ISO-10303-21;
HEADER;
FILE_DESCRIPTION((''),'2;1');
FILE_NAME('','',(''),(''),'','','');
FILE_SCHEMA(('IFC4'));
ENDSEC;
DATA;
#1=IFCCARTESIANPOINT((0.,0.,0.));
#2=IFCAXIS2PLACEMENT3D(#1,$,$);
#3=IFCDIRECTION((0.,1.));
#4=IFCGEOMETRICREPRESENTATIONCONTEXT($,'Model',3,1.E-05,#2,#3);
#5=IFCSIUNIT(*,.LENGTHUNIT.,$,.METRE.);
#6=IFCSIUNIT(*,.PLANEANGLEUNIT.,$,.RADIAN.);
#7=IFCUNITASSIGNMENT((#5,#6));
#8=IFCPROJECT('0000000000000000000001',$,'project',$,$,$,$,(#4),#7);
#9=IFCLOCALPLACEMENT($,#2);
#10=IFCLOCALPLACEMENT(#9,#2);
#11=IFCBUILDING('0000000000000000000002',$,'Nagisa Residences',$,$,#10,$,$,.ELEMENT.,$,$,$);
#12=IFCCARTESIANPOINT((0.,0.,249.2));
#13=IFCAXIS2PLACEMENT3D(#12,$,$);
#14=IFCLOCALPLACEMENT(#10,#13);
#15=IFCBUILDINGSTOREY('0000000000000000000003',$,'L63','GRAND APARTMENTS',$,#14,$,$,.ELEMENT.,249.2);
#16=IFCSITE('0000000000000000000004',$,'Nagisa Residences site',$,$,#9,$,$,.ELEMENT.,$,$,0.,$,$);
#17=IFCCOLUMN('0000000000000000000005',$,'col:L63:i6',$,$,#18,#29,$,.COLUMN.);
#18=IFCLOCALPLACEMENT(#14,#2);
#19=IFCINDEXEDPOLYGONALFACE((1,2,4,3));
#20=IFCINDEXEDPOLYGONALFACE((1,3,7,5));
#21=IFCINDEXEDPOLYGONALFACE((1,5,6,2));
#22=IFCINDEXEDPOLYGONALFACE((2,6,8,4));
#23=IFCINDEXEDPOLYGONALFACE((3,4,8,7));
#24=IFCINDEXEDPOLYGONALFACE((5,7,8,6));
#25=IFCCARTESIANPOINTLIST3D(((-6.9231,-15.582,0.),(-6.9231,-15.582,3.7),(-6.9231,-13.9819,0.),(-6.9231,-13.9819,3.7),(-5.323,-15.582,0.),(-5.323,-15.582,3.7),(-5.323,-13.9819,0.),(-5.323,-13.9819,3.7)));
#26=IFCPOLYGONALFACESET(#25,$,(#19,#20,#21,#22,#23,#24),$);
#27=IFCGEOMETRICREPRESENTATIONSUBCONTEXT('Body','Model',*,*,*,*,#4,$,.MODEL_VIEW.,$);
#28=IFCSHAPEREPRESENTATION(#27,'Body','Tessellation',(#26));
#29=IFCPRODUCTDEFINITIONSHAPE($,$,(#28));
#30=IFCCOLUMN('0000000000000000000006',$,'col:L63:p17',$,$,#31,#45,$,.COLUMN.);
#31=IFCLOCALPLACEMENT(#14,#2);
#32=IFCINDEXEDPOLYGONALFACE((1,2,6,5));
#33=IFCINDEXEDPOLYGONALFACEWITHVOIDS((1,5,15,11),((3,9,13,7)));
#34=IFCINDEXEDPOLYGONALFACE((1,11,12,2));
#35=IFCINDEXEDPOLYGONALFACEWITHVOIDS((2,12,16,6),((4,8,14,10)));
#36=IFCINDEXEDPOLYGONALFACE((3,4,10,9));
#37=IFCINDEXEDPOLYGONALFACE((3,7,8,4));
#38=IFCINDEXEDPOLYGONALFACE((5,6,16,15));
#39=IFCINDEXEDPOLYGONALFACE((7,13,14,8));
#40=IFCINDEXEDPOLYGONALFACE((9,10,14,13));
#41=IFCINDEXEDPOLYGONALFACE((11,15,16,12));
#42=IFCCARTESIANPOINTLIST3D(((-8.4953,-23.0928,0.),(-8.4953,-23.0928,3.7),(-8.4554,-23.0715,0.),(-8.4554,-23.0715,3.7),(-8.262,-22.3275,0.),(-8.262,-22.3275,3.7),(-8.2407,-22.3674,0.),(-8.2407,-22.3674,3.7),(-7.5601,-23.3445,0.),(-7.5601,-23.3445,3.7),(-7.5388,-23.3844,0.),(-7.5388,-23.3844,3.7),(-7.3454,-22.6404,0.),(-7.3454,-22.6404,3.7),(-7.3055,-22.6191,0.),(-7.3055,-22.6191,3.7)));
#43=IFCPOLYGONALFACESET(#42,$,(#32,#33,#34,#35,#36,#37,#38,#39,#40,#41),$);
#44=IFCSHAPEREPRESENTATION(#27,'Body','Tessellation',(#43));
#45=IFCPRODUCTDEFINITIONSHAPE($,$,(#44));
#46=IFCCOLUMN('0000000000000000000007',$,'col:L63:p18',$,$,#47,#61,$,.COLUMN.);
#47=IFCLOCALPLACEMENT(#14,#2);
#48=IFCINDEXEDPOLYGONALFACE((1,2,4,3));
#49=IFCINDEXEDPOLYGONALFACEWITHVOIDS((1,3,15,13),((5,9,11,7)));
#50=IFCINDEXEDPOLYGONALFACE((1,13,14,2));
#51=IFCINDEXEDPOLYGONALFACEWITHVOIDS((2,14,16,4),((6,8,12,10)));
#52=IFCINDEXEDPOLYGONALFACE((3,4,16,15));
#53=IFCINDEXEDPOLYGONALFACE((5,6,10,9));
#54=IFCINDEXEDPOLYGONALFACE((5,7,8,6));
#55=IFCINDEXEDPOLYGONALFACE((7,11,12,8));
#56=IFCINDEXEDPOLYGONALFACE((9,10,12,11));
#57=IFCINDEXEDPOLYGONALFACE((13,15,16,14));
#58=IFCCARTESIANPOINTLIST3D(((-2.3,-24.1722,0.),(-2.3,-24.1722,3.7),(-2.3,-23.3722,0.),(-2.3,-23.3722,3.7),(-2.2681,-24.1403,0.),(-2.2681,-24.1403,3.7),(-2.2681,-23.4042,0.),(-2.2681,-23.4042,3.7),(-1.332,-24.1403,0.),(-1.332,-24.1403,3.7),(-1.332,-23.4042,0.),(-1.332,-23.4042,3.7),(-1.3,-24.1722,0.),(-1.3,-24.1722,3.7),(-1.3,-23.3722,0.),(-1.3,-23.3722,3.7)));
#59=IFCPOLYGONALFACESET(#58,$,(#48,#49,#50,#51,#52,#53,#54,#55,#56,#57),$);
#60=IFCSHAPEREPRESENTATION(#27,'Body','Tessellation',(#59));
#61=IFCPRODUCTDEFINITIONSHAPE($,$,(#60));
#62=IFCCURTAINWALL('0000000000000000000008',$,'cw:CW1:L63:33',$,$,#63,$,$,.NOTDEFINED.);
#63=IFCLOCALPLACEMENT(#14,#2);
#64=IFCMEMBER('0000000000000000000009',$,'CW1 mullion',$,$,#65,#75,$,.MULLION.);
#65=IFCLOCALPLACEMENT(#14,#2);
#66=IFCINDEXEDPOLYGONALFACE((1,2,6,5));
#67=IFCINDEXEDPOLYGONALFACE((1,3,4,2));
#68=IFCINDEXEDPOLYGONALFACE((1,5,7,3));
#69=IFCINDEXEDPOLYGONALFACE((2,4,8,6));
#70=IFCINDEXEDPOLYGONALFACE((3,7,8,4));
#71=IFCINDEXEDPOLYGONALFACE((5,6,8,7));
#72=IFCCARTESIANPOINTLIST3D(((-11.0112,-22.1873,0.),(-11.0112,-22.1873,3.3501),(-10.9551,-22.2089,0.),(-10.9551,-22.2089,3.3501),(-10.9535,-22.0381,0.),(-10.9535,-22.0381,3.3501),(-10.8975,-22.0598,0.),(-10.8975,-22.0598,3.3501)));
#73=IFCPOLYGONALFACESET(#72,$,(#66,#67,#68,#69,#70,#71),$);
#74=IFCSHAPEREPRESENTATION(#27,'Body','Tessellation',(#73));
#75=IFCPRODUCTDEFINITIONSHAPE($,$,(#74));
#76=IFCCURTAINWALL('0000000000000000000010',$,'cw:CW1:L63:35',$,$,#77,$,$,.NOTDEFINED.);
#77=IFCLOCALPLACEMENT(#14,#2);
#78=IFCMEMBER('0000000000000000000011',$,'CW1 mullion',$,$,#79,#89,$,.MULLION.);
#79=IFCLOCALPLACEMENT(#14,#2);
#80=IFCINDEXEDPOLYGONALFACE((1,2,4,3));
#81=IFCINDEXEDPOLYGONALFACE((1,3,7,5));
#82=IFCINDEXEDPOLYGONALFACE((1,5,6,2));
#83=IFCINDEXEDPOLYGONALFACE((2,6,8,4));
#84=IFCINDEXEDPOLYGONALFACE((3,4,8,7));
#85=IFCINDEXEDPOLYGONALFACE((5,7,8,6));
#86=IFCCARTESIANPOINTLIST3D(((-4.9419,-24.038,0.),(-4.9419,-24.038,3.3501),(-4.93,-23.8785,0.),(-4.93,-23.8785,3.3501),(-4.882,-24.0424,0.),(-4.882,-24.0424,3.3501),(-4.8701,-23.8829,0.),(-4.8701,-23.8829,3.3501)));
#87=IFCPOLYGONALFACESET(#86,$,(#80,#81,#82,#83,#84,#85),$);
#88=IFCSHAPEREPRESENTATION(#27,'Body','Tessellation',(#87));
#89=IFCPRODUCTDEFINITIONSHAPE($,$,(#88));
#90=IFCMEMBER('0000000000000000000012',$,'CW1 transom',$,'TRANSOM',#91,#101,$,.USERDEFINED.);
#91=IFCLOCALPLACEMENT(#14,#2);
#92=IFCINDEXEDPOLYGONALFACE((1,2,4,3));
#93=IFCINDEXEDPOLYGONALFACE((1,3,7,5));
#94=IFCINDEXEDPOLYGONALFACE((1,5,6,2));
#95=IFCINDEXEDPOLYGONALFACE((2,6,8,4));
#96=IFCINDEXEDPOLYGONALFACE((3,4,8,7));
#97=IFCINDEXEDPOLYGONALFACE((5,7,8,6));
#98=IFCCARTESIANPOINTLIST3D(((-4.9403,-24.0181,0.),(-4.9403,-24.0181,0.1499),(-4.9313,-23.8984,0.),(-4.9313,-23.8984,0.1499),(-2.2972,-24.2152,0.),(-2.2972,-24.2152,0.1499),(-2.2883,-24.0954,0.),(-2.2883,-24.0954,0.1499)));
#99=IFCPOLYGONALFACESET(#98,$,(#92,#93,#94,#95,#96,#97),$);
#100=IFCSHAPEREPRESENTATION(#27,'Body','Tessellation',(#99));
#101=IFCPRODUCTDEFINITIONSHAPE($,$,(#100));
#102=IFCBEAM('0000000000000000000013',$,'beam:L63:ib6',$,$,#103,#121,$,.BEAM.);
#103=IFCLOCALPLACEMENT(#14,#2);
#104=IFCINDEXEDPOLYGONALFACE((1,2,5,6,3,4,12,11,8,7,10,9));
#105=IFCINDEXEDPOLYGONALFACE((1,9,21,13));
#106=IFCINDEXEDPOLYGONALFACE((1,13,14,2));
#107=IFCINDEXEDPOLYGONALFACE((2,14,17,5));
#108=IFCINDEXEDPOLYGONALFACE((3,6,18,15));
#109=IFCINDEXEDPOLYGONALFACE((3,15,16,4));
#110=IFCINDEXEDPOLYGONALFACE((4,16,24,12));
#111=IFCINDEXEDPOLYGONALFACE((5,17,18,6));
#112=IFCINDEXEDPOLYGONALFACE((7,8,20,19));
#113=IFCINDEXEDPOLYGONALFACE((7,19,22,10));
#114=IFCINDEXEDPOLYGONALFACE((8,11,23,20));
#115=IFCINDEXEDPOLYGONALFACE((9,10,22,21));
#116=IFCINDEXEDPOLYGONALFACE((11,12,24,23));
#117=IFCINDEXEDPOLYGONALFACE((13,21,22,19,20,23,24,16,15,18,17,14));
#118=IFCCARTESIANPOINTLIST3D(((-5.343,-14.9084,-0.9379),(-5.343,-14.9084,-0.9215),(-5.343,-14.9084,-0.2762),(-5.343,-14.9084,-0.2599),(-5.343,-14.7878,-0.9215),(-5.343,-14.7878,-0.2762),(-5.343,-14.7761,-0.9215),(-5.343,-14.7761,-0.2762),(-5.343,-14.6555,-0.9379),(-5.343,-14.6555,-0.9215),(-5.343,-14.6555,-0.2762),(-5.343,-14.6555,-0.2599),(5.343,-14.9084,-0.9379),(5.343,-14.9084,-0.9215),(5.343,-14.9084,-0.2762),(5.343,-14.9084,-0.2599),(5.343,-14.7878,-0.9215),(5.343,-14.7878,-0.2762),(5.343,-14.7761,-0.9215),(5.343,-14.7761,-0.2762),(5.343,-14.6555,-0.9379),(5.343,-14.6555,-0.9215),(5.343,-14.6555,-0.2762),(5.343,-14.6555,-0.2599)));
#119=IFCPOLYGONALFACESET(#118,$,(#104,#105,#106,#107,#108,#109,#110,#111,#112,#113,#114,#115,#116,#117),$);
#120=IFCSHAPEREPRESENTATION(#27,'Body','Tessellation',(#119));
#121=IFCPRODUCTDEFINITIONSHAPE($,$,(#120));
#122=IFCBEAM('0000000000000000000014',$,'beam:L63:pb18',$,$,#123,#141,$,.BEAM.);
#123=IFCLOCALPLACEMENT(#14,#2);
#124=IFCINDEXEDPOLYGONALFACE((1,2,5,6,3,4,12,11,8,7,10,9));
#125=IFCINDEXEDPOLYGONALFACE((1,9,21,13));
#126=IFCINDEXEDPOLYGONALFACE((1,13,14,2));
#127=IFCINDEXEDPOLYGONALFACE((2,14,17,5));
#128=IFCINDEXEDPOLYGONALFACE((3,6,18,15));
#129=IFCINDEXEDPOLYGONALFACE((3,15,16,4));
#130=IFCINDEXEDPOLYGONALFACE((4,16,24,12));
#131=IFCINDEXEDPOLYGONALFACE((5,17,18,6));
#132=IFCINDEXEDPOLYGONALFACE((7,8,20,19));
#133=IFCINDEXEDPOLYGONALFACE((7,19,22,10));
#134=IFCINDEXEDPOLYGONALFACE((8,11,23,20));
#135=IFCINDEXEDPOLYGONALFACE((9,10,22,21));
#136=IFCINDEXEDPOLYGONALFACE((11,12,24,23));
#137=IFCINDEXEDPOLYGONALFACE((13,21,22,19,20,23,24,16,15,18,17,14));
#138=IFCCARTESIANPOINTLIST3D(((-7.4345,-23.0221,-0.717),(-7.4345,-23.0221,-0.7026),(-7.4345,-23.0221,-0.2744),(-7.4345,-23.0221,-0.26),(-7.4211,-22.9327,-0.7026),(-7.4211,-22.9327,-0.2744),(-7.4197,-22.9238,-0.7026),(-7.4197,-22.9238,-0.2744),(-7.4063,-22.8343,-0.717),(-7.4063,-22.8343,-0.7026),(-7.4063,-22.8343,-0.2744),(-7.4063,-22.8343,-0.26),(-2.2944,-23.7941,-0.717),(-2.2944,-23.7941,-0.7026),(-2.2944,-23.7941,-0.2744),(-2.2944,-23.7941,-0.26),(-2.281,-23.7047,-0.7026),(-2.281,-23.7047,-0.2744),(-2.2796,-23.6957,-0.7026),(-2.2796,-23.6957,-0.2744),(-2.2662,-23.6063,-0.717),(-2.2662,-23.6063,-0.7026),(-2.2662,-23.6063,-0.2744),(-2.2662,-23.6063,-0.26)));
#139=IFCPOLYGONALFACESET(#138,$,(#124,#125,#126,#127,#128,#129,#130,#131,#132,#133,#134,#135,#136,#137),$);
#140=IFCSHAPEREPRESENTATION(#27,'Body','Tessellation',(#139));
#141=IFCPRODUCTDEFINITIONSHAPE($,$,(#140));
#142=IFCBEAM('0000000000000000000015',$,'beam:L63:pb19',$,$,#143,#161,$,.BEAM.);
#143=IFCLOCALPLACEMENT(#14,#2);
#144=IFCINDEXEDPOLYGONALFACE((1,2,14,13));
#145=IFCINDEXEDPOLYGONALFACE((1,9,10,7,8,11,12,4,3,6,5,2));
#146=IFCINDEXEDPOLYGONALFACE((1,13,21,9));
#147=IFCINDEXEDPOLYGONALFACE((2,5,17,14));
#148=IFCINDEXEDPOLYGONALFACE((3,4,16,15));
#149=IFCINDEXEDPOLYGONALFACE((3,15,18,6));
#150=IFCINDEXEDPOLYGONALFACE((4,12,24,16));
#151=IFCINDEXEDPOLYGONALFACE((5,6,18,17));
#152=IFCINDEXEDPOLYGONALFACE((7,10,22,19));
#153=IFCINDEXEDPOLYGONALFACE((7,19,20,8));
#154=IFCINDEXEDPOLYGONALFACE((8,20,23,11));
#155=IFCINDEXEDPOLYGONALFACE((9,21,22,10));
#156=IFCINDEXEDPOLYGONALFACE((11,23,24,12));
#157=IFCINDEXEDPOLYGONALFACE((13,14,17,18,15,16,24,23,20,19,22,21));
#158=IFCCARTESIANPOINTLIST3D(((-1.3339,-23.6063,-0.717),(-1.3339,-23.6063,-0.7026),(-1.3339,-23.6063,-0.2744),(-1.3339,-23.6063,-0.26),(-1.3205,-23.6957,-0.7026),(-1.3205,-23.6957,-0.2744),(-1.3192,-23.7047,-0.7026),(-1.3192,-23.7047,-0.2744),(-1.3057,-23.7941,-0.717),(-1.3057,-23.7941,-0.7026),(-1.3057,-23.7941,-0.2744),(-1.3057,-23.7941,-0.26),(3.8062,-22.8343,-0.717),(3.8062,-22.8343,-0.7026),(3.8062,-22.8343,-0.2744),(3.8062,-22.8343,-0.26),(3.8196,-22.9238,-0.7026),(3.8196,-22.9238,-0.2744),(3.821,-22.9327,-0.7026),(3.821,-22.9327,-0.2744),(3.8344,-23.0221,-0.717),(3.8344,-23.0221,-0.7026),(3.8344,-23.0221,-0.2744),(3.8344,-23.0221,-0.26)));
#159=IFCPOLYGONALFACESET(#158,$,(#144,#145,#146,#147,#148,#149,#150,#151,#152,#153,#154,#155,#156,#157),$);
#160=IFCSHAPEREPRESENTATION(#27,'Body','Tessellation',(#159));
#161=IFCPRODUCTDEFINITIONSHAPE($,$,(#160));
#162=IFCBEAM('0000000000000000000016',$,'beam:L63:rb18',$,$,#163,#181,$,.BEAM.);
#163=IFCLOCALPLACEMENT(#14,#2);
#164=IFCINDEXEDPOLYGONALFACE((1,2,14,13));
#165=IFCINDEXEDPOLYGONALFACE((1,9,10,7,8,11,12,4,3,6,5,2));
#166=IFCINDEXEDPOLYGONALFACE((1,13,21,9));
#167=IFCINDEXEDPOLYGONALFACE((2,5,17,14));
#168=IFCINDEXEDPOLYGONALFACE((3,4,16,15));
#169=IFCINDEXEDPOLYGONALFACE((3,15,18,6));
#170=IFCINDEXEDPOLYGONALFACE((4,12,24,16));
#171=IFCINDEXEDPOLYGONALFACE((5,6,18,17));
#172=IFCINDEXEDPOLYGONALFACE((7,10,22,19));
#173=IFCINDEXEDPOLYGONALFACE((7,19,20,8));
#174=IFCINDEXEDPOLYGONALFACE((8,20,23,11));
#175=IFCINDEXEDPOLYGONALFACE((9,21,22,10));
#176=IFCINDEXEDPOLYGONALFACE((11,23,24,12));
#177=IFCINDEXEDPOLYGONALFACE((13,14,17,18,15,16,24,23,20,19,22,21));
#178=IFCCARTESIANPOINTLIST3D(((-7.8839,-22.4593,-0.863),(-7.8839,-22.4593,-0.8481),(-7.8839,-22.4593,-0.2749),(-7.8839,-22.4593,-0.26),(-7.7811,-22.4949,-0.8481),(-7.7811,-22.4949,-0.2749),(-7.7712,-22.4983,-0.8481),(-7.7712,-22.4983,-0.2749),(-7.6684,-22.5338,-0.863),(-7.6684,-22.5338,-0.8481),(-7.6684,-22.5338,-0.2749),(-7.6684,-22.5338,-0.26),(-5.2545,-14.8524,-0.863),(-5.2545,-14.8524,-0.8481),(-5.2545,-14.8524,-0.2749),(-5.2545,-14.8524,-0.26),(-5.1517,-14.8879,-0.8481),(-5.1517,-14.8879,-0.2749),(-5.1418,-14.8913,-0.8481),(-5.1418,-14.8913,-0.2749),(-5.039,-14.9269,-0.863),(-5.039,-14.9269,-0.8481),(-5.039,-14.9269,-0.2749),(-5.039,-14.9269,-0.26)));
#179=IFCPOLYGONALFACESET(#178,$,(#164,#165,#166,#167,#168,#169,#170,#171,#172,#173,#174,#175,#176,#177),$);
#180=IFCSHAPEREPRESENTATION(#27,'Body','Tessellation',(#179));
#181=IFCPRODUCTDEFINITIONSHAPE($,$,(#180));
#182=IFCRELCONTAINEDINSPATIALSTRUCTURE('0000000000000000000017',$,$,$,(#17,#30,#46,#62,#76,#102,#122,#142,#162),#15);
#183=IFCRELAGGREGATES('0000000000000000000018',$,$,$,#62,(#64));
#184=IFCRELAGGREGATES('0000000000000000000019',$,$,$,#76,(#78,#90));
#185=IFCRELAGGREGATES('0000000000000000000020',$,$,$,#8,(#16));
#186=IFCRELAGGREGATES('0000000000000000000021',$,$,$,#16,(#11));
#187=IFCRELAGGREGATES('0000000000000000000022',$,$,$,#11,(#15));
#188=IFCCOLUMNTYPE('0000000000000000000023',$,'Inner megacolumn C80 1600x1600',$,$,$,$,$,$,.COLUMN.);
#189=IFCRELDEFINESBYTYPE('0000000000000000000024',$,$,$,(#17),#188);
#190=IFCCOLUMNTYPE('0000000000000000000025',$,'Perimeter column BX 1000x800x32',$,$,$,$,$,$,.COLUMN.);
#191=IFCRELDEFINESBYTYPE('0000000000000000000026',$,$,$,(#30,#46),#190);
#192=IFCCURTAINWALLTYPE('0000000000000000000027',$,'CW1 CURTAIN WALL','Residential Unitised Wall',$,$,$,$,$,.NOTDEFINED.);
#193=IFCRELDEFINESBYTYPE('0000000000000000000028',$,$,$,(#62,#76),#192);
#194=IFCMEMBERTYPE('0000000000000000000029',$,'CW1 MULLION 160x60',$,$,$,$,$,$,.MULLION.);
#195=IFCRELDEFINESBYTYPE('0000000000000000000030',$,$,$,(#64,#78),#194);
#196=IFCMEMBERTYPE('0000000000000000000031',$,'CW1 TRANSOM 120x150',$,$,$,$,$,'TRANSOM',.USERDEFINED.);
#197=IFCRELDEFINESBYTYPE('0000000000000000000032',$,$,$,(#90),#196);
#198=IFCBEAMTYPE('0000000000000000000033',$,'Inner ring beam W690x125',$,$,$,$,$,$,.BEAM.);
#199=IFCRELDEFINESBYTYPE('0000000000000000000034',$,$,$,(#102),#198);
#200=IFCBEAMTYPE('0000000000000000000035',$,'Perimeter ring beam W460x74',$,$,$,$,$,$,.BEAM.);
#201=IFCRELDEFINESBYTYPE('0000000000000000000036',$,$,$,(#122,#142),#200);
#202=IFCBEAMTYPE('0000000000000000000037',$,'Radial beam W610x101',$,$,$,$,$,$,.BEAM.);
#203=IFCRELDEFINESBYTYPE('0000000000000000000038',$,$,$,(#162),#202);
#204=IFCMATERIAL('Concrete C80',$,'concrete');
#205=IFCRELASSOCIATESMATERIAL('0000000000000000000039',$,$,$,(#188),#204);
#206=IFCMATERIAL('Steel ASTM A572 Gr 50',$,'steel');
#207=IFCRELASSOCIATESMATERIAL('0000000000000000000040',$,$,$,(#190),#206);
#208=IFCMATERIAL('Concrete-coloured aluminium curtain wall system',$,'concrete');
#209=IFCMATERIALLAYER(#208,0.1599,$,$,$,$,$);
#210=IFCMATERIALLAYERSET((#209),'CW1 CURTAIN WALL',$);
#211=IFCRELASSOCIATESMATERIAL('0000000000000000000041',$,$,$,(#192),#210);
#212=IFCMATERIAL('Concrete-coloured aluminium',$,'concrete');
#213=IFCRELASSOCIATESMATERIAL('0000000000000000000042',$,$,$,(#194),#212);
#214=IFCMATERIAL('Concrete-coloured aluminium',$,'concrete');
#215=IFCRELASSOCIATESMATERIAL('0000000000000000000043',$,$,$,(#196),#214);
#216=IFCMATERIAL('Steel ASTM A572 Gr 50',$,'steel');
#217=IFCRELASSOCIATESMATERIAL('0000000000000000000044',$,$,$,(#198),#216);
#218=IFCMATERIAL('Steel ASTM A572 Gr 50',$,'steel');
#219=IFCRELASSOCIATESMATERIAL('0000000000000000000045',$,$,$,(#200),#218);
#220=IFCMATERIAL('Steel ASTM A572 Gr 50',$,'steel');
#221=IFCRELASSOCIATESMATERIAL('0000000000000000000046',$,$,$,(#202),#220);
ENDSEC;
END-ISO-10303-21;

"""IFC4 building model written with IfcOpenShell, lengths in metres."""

from ifc_helpers import new_model, si_unit, direction, frame, origin, origin_2d, place, context, subcontext, project, spatial, rectangle, hollow_rectangle, i_section, extrude, material, layer, layer_set, material_profile, profile_set, type_object, element, aggregate, save


model = new_model("IFC4")

# Units and contexts
model_context = context("Model", 3, precision=1e-05, world=origin(), true_north=direction((0.0, 1.0)))
body_context = subcontext(model_context, "Body", "Model", "MODEL_VIEW")
ifc_project = project(units=[si_unit("LENGTHUNIT", "METRE"), si_unit("PLANEANGLEUNIT", "RADIAN")], contexts=[model_context])

# Site, building, storey
site_placement = place(None, origin())
site = spatial("IfcSite", under=ifc_project, at=site_placement, Name="Nagisa Residences site", CompositionType="ELEMENT", RefElevation=0.0)
building_placement = place(site_placement, origin())
building = spatial("IfcBuilding", under=site, at=building_placement, Name="Nagisa Residences", CompositionType="ELEMENT")
storey_placement = place(building_placement, frame((0.0, 0.0, 249.2)))
storey = spatial("IfcBuildingStorey", under=building, at=storey_placement, Name="L63", Description="GRAND APARTMENTS", CompositionType="ELEMENT", Elevation=249.2)

# Columns
ifc_material_1 = material(Name="Concrete C80", Category="concrete")
ifc_material_profile_1 = material_profile(ifc_material_1, rectangle(XDim=1.6001, YDim=1.6001, at=origin_2d()), Name="C80 1600x1600")
ifc_profile_set_1 = profile_set([ifc_material_profile_1], Name="Concrete C80")
column_type_1 = type_object("IfcColumnType", Name="Inner megacolumn C80 1600x1600", PredefinedType="COLUMN", material=ifc_profile_set_1)
column_placement = place(storey_placement, frame((-6.123, -14.782, 0.0), z_axis=(0.0, 0.0, 1.0), x_axis=(1.0, 0.0, 0.0)))
element("IfcColumn", 1, at=column_placement, inside=storey, type_object=column_type_1, Name="col:L63:i6", PredefinedType="COLUMN", context=body_context, shape_type="SweptSolid", body=[
    extrude(rectangle(XDim=1.6001, YDim=1.6001, at=origin_2d()), origin(), (0.0, 0.0, 1.0), 3.7),
])
ifc_material_2 = material(Name="Steel ASTM A572 Gr 50", Category="steel")
ifc_material_profile_2 = material_profile(ifc_material_2, hollow_rectangle(XDim=1.0, YDim=0.8, WallThickness=0.032, at=origin_2d()), Name="BX 1000x800x32")
ifc_profile_set_2 = profile_set([ifc_material_profile_2], Name="Steel ASTM A572 Gr 50")
column_type_2 = type_object("IfcColumnType", Name="Perimeter column BX 1000x800x32", PredefinedType="COLUMN", material=ifc_profile_set_2)
for number, where, z_axis, x_axis, name in (
    (2, (-7.9004, -22.856, 0.0), (0.0, 0.0, 1.0), (0.956525, -0.291652, 0.0), "col:L63:p17"),
    (3, (-1.8, -23.7722, 0.0), (0.0, 0.0, 1.0), (1.0, 0.0, 0.0), "col:L63:p18"),
):
    element("IfcColumn", number, at=place(storey_placement, frame(where, z_axis=z_axis, x_axis=x_axis)), inside=storey, type_object=column_type_2, Name=name, PredefinedType="COLUMN", context=body_context, shape_type="SweptSolid", body=[
        extrude(hollow_rectangle(XDim=1.0, YDim=0.8, WallThickness=0.032, at=origin_2d()), origin(), (0.0, 0.0, 1.0), 3.7),
    ])

# Curtain wall, member
ifc_material_3 = material(Name="Concrete-coloured aluminium curtain wall system", Category="concrete")
ifc_layer_1 = layer(ifc_material_3, 0.1599)
ifc_layer_set_1 = layer_set([ifc_layer_1], Name="CW1 CURTAIN WALL")
curtain_wall_type = type_object("IfcCurtainWallType", Name="CW1 CURTAIN WALL", Description="Residential Unitised Wall", PredefinedType="NOTDEFINED", material=ifc_layer_set_1)
curtain_wall_1_placement = place(storey_placement, origin())
curtain_wall_1 = element("IfcCurtainWall", 4, at=curtain_wall_1_placement, inside=storey, type_object=curtain_wall_type, Name="cw:CW1:L63:33", PredefinedType="NOTDEFINED")
ifc_material_4 = material(Name="Concrete-coloured aluminium", Category="concrete")
ifc_material_profile_3 = material_profile(ifc_material_4, rectangle(XDim=0.1599, YDim=0.0601, at=origin_2d()), Name="CW1 MULLION 160x60")
ifc_profile_set_3 = profile_set([ifc_material_profile_3], Name="Concrete-coloured aluminium")
member_type_1 = type_object("IfcMemberType", Name="CW1 MULLION 160x60", PredefinedType="MULLION", material=ifc_profile_set_3)
member_1_placement = place(storey_placement, frame((-10.9543, -22.1235, 0.0), z_axis=(0.0, 0.0, 1.0), x_axis=(0.360328, 0.932826, 0.0)))
member_1 = element("IfcMember", 5, at=member_1_placement, type_object=member_type_1, Name="CW1 mullion", PredefinedType="MULLION", context=body_context, shape_type="SweptSolid", body=[
    extrude(rectangle(XDim=0.1599, YDim=0.0601, at=origin_2d()), origin(), (0.0, 0.0, 1.0), 3.3501),
])

# Curtain wall, members
curtain_wall_2_placement = place(storey_placement, origin())
curtain_wall_2 = element("IfcCurtainWall", 6, at=curtain_wall_2_placement, inside=storey, type_object=curtain_wall_type, Name="cw:CW1:L63:35", PredefinedType="NOTDEFINED")
member_2_placement = place(storey_placement, frame((-4.906, -23.9604, 0.0), z_axis=(0.0, 0.0, 1.0), x_axis=(0.074377, 0.99723, 0.0)))
member_2 = element("IfcMember", 7, at=member_2_placement, type_object=member_type_1, Name="CW1 mullion", PredefinedType="MULLION", context=body_context, shape_type="SweptSolid", body=[
    extrude(rectangle(XDim=0.1599, YDim=0.0601, at=origin_2d()), origin(), (0.0, 0.0, 1.0), 3.3501),
])
ifc_material_5 = material(Name="Concrete-coloured aluminium", Category="concrete")
ifc_material_profile_4 = material_profile(ifc_material_5, rectangle(XDim=0.1201, YDim=0.1499, at=origin_2d()), Name="CW1 TRANSOM 120x150")
ifc_profile_set_4 = profile_set([ifc_material_profile_4], Name="Concrete-coloured aluminium")
member_type_2 = type_object("IfcMemberType", Name="CW1 TRANSOM 120x150", ElementType="TRANSOM", PredefinedType="USERDEFINED", material=ifc_profile_set_4)
member_3_placement = place(storey_placement, frame((-4.9358, -23.9583, 0.075), z_axis=(0.997233, -0.074337, 0.0), x_axis=(0.074337, 0.997233, 0.0)))
member_3 = element("IfcMember", 8, at=member_3_placement, type_object=member_type_2, Name="CW1 transom", ObjectType="TRANSOM", PredefinedType="USERDEFINED", context=body_context, shape_type="SweptSolid", body=[
    extrude(rectangle(XDim=0.1201, YDim=0.1499, at=origin_2d()), origin(), (0.0, 0.0, 1.0), 2.6504),
])

# Beams
ifc_material_6 = material(Name="Steel ASTM A572 Gr 50", Category="steel")
ifc_material_profile_5 = material_profile(ifc_material_6, i_section(OverallWidth=0.2529, OverallDepth=0.678, WebThickness=0.0117, FlangeThickness=0.0164, at=origin_2d()), Name="W690x125")
ifc_profile_set_5 = profile_set([ifc_material_profile_5], Name="Steel ASTM A572 Gr 50")
beam_type_1 = type_object("IfcBeamType", Name="Inner ring beam W690x125", PredefinedType="BEAM", material=ifc_profile_set_5)
beam_1_placement = place(storey_placement, frame((-5.343, -14.782, -0.5989), z_axis=(1.0, 0.0, 0.0), x_axis=(0.0, 1.0, 0.0)))
element("IfcBeam", 9, at=beam_1_placement, inside=storey, type_object=beam_type_1, Name="beam:L63:ib6", PredefinedType="BEAM", context=body_context, shape_type="SweptSolid", body=[
    extrude(i_section(OverallWidth=0.2529, OverallDepth=0.678, WebThickness=0.0117, FlangeThickness=0.0164, at=origin_2d()), origin(), (0.0, 0.0, 1.0), 10.686),
])
ifc_material_7 = material(Name="Steel ASTM A572 Gr 50", Category="steel")
ifc_material_profile_6 = material_profile(ifc_material_7, i_section(OverallWidth=0.1899, OverallDepth=0.457, WebThickness=0.009, FlangeThickness=0.0144, at=origin_2d()), Name="W460x74")
ifc_profile_set_6 = profile_set([ifc_material_profile_6], Name="Steel ASTM A572 Gr 50")
beam_type_2 = type_object("IfcBeamType", Name="Perimeter ring beam W460x74", PredefinedType="BEAM", material=ifc_profile_set_6)
for number, where, z_axis, x_axis, name in (
    (10, (-7.4204, -22.9282, -0.4885), (0.988909, -0.14852, 0.0), (0.14852, 0.988909, 0.0), "beam:L63:pb18"),
    (11, (-1.3198, -23.7002, -0.4885), (0.988909, 0.14852, 0.0), (-0.14852, 0.988909, 0.0), "beam:L63:pb19"),
):
    element("IfcBeam", number, at=place(storey_placement, frame(where, z_axis=z_axis, x_axis=x_axis)), inside=storey, type_object=beam_type_2, Name=name, PredefinedType="BEAM", context=body_context, shape_type="SweptSolid", body=[
        extrude(i_section(OverallWidth=0.1899, OverallDepth=0.457, WebThickness=0.009, FlangeThickness=0.0144, at=origin_2d()), origin(), (0.0, 0.0, 1.0), 5.1978),
    ])
ifc_material_8 = material(Name="Steel ASTM A572 Gr 50", Category="steel")
ifc_material_profile_7 = material_profile(ifc_material_8, i_section(OverallWidth=0.228, OverallDepth=0.603, WebThickness=0.0105, FlangeThickness=0.0149, at=origin_2d()), Name="W610x101")
ifc_profile_set_7 = profile_set([ifc_material_profile_7], Name="Steel ASTM A572 Gr 50")
beam_type_3 = type_object("IfcBeamType", Name="Radial beam W610x101", PredefinedType="BEAM", material=ifc_profile_set_7)
beam_2_placement = place(storey_placement, frame((-7.7761, -22.4966, -0.5615), z_axis=(0.326692, 0.945131, 0.0), x_axis=(-0.945131, 0.326692, 0.0)))
element("IfcBeam", 12, at=beam_2_placement, inside=storey, type_object=beam_type_3, Name="beam:L63:rb18", PredefinedType="BEAM", context=body_context, shape_type="SweptSolid", body=[
    extrude(i_section(OverallWidth=0.228, OverallDepth=0.603, WebThickness=0.0105, FlangeThickness=0.0149, at=origin_2d()), origin(), (0.0, 0.0, 1.0), 8.0486),
])

aggregate(curtain_wall_1, [member_1])
aggregate(curtain_wall_2, [member_2, member_3])

save(model, "model.ifc")
